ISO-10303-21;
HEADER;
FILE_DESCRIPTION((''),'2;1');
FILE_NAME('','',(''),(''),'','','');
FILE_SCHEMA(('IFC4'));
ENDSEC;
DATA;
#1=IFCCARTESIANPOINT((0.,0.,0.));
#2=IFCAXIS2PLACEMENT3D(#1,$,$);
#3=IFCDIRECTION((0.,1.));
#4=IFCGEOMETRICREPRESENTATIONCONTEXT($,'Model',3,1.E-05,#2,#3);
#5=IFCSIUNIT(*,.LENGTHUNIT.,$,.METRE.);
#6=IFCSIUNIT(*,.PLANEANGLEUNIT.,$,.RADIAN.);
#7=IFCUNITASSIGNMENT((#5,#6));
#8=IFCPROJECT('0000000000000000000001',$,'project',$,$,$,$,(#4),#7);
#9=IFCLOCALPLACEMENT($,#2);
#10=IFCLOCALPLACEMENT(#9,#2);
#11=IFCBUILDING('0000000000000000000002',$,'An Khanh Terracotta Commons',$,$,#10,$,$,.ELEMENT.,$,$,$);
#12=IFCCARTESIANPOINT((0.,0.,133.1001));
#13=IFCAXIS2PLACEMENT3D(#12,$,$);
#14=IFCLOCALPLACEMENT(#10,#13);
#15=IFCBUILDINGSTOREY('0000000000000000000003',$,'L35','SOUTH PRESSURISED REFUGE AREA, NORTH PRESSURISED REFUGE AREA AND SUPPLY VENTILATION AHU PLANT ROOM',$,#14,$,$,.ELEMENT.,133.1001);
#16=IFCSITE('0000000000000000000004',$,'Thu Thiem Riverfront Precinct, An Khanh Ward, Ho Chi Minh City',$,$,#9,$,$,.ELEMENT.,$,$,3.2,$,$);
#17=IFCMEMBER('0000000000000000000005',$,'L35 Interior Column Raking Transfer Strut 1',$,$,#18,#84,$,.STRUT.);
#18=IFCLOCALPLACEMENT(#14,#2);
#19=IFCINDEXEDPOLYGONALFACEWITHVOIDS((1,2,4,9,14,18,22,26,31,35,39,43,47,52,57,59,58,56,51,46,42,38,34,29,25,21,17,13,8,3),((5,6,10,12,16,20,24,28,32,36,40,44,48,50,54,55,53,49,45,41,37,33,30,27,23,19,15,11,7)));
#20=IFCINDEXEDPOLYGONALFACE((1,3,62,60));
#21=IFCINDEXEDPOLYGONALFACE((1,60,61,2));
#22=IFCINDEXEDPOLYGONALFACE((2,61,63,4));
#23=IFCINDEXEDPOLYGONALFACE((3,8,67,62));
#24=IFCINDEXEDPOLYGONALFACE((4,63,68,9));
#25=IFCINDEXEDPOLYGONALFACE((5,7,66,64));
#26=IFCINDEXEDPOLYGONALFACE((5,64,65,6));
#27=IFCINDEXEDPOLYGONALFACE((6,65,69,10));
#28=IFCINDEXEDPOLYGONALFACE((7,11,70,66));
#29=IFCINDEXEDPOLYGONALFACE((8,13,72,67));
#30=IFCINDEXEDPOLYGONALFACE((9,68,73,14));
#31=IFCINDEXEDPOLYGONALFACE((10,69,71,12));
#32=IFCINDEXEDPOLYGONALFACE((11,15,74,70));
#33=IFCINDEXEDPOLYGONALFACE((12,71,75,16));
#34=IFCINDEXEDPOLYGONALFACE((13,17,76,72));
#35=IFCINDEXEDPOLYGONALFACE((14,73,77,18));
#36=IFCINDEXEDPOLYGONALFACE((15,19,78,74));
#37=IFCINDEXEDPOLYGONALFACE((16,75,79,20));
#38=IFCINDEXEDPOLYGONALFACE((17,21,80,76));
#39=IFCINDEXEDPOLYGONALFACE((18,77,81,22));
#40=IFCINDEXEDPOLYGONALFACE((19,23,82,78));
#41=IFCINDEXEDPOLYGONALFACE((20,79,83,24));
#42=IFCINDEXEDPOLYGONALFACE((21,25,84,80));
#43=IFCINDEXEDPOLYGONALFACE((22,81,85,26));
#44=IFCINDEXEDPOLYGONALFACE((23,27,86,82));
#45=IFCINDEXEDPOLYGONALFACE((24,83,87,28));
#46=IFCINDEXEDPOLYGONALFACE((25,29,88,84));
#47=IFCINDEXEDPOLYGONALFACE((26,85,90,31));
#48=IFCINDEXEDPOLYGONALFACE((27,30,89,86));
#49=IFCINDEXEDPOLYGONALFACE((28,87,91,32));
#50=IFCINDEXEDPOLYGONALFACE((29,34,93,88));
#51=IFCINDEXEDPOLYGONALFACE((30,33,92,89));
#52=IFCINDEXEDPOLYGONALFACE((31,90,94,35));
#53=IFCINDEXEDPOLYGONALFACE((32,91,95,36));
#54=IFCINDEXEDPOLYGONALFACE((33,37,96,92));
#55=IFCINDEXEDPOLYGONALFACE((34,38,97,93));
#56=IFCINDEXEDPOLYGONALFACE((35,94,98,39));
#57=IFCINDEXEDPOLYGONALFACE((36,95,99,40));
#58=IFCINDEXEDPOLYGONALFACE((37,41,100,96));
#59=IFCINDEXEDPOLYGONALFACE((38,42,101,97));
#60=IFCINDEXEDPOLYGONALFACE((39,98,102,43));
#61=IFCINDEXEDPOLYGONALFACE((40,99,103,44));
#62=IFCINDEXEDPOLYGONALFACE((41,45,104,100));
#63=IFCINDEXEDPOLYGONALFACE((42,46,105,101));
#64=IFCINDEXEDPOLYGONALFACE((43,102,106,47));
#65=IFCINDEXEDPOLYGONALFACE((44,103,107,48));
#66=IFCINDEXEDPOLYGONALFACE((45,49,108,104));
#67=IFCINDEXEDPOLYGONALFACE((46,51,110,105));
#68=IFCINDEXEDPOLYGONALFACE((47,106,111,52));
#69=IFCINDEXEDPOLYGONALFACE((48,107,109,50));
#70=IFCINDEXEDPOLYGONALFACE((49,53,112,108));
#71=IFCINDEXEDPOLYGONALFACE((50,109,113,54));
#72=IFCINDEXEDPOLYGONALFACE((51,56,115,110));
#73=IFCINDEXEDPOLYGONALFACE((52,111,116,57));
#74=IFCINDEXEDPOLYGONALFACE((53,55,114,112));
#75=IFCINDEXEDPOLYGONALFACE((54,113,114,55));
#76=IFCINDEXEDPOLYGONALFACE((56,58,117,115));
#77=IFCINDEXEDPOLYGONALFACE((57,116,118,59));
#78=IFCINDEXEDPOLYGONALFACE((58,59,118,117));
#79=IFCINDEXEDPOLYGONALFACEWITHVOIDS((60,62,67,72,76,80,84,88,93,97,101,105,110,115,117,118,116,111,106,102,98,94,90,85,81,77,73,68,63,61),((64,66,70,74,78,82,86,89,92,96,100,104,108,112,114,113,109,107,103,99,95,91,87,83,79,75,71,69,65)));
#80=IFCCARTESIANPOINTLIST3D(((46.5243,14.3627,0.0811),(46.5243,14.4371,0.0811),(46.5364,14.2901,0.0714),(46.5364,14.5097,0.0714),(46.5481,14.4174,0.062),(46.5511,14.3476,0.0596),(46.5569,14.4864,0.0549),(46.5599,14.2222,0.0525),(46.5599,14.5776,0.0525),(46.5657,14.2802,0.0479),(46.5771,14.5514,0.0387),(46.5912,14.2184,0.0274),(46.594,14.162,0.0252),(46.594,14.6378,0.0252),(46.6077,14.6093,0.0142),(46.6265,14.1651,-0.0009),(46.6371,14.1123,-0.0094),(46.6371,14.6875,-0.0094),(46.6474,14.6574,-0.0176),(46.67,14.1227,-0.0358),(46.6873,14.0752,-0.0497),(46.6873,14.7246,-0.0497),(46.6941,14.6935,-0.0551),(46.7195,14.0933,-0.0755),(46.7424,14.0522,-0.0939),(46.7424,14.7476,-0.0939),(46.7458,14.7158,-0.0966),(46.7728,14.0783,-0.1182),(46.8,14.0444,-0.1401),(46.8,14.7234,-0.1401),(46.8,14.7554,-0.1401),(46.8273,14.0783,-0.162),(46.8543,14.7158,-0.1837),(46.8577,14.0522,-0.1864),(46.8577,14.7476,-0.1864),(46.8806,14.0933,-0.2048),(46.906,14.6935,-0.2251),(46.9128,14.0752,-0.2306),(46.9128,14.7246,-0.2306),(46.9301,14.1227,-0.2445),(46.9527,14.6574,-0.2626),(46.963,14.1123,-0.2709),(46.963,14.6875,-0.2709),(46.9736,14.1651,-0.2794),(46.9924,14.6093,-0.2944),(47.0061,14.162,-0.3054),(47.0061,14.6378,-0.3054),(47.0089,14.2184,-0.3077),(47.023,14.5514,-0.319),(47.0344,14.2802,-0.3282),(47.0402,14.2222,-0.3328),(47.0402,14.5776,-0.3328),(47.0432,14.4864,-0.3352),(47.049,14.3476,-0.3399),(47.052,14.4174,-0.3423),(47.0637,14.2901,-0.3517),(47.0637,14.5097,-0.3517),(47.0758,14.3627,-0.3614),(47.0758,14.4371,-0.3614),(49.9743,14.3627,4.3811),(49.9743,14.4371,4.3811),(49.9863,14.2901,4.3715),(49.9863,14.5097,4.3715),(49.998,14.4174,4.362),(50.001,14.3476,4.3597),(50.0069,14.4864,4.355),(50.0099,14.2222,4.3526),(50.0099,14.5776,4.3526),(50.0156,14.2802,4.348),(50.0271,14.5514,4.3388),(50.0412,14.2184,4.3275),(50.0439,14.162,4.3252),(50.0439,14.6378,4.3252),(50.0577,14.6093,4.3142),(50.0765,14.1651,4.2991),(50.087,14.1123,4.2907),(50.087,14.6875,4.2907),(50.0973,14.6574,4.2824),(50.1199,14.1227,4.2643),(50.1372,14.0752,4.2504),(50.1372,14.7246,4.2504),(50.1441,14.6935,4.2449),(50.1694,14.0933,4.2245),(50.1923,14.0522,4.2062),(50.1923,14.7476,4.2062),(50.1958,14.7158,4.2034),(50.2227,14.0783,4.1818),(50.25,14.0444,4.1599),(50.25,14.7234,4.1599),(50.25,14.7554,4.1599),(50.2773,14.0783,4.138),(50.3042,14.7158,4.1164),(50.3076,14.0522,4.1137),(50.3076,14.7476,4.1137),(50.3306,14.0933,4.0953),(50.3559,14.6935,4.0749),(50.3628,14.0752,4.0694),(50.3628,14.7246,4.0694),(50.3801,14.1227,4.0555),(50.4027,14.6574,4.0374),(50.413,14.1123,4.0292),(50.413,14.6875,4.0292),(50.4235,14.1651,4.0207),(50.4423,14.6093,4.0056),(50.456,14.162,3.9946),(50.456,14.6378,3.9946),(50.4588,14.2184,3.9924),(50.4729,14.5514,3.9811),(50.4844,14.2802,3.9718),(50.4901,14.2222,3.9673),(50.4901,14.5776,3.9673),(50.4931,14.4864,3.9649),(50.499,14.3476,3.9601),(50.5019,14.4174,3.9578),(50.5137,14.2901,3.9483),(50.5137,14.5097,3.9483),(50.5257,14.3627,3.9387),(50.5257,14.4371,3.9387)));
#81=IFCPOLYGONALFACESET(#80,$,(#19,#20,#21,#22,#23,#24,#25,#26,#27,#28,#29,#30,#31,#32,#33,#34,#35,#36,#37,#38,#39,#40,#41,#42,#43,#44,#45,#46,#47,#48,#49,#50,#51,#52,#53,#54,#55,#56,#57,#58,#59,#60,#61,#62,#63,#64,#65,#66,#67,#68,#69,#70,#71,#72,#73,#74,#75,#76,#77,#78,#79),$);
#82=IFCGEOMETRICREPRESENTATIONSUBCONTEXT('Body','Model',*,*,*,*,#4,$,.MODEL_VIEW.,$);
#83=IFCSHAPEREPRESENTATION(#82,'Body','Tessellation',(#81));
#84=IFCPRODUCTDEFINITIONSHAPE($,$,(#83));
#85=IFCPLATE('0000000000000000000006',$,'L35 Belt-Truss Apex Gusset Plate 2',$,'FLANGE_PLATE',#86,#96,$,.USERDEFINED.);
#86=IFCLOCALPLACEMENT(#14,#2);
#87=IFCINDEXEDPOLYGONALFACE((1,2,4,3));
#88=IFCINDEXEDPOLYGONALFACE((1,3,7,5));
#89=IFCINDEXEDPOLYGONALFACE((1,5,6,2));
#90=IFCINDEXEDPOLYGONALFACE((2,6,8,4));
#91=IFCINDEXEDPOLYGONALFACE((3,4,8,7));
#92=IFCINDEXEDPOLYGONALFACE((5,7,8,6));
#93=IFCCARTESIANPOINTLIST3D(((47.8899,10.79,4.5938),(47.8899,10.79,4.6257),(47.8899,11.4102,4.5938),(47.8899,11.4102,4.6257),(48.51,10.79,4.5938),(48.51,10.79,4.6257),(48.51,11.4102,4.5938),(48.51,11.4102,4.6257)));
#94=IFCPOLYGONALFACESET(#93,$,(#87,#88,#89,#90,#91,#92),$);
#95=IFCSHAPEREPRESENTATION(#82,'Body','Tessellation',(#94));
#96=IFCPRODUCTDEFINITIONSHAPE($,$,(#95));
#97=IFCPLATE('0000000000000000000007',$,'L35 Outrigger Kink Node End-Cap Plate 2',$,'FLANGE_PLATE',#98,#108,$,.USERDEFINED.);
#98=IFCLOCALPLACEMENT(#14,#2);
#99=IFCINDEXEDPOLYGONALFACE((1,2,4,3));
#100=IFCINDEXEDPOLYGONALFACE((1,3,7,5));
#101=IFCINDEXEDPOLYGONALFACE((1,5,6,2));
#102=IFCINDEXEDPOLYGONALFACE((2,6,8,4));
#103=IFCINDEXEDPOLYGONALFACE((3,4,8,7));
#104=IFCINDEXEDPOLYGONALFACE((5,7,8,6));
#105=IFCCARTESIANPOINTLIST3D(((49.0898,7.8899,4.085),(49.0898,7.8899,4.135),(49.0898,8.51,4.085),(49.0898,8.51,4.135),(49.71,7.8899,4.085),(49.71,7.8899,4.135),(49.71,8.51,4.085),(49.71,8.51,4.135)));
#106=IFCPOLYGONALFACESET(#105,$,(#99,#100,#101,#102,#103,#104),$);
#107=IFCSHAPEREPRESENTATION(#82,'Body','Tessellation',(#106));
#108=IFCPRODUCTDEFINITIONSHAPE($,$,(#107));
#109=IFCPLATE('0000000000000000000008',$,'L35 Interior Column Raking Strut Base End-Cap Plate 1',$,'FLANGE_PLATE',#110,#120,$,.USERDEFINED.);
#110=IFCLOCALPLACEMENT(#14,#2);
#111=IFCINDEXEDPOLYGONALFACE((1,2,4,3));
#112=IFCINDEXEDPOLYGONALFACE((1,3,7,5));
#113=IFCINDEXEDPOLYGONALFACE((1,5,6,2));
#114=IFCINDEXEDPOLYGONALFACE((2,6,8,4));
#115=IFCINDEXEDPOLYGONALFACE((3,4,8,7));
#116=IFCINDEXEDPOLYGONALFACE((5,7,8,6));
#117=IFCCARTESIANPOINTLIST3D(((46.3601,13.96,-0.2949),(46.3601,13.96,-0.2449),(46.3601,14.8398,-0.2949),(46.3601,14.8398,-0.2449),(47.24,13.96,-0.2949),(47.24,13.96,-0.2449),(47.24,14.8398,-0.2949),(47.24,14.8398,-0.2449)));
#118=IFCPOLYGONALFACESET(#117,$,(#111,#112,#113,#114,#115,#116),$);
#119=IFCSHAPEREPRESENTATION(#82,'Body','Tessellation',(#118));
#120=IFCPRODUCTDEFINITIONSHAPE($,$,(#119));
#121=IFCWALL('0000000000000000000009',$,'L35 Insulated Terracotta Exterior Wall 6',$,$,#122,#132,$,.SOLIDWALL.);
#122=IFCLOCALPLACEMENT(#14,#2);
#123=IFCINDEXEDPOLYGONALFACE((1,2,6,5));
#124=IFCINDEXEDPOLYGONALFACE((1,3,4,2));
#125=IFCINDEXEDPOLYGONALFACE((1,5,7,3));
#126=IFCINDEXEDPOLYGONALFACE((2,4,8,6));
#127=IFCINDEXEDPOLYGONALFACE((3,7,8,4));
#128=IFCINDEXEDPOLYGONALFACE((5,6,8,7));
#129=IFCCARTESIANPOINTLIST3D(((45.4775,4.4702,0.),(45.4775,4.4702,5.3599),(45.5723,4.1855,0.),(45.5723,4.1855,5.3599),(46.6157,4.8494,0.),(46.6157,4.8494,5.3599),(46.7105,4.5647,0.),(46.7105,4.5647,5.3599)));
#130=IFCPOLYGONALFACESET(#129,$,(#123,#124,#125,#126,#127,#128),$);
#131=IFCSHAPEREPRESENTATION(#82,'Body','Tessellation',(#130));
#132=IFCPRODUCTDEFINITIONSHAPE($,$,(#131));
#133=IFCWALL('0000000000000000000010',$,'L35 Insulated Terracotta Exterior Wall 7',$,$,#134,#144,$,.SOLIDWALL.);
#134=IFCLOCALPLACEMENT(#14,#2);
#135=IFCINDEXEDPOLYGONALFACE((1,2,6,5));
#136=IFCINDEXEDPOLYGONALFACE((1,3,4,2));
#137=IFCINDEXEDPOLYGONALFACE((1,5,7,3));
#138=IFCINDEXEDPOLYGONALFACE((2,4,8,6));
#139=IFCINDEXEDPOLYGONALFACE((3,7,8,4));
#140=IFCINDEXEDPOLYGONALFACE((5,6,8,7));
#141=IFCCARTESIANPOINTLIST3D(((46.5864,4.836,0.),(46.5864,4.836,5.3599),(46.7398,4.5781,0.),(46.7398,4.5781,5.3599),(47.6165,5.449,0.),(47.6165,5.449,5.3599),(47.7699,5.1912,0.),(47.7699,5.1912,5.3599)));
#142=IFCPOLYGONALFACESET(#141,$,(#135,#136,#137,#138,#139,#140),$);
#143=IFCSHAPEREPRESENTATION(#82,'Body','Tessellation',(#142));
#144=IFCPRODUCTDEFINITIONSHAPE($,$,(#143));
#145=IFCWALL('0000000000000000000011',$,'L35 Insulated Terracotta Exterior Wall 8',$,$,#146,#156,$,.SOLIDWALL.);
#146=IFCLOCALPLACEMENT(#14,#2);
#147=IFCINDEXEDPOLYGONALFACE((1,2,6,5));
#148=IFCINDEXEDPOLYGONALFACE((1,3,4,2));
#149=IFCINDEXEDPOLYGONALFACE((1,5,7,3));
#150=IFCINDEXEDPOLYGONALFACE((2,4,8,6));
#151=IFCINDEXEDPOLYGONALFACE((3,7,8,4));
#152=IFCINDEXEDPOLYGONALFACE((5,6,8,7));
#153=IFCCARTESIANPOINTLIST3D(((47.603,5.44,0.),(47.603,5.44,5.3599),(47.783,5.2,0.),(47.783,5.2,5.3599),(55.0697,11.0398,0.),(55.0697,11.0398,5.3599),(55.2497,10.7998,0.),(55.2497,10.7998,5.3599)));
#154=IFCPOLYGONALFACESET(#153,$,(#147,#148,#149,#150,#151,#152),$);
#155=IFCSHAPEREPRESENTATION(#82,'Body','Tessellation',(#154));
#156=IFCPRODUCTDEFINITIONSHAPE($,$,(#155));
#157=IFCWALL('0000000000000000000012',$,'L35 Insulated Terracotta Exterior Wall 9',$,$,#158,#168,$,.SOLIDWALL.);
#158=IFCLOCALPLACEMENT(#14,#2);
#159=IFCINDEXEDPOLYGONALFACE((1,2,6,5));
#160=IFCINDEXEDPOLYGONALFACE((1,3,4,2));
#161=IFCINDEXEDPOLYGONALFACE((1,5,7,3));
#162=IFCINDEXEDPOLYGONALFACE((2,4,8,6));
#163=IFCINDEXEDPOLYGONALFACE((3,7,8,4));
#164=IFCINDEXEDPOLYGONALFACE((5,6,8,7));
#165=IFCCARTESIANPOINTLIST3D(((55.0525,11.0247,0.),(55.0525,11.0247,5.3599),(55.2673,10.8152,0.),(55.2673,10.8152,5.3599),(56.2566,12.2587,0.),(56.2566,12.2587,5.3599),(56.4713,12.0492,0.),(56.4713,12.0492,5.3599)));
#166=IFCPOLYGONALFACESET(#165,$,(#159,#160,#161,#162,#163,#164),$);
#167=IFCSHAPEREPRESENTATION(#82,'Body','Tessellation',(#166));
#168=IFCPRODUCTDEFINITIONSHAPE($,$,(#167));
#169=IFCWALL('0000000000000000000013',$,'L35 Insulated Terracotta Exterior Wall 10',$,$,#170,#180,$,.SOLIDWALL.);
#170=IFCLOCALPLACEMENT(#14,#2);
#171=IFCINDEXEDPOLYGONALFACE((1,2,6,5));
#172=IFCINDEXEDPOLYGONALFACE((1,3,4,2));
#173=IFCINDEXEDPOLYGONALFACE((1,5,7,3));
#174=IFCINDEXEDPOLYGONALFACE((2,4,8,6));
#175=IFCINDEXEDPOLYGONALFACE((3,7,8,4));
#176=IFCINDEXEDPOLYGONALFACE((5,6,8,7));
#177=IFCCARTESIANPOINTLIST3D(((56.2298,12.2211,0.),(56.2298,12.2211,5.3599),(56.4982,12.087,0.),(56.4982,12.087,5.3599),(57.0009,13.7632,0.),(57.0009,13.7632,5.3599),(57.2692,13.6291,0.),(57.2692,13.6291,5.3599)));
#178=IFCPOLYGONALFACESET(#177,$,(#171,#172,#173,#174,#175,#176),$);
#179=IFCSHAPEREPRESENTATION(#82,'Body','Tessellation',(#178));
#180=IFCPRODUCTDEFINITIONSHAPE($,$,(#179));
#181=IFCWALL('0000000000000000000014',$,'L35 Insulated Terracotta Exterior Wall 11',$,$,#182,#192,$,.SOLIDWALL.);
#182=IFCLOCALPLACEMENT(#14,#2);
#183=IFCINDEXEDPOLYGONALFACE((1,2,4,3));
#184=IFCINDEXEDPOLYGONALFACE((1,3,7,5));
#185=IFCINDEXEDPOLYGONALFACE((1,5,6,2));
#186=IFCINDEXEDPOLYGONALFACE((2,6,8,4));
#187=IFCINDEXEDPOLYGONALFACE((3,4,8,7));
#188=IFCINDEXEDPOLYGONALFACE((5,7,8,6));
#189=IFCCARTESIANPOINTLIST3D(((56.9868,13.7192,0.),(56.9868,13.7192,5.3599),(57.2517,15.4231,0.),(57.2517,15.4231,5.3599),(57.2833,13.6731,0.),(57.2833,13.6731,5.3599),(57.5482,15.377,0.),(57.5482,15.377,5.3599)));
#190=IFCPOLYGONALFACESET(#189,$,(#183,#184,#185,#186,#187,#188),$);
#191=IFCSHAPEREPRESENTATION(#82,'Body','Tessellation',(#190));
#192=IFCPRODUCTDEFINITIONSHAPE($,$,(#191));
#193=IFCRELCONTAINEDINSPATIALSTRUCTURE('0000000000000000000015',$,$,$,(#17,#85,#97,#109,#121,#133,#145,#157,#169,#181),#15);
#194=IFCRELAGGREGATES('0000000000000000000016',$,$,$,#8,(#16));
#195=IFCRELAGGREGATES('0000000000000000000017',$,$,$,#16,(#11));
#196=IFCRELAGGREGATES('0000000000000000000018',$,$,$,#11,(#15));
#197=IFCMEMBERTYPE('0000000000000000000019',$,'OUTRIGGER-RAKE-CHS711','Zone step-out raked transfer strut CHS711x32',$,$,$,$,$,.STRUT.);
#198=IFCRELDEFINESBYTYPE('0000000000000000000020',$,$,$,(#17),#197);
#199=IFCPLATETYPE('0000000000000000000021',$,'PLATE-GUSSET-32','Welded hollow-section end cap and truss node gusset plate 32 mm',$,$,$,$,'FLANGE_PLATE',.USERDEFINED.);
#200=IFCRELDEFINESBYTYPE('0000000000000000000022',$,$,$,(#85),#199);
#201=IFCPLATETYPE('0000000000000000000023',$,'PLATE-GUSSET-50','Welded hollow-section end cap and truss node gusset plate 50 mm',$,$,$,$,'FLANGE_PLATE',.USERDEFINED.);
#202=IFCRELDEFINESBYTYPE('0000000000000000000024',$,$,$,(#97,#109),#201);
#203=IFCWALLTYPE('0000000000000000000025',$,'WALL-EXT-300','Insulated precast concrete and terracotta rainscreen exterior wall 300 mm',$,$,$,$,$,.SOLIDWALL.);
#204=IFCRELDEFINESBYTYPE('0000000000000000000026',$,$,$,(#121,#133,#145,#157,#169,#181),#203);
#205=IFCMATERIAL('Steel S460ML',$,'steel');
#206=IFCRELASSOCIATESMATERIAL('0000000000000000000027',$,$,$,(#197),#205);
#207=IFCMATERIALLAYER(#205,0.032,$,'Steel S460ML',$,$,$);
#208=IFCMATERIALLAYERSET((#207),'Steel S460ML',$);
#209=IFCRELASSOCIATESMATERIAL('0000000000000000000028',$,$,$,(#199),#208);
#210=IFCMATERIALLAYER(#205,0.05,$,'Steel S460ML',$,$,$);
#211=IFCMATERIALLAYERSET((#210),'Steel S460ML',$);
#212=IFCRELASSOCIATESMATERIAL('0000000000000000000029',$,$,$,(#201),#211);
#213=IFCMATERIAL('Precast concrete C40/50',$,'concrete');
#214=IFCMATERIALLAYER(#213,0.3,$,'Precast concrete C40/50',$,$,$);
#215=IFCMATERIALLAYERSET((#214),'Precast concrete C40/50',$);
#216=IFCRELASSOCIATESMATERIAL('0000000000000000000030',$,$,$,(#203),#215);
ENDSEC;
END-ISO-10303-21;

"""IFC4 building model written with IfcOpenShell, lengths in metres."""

from ifc_helpers import new_model, si_unit, direction, frame, frame_2d, origin, origin_2d, place, context, subcontext, project, spatial, rectangle, hollow_circle, extrude, material, layer, layer_set, material_profile, profile_set, type_object, element, save


model = new_model("IFC4")

# Units and contexts
model_context = context("Model", 3, precision=1e-05, world=origin(), true_north=direction((0.0, 1.0)))
body_context = subcontext(model_context, "Body", "Model", "MODEL_VIEW")
ifc_project = project(units=[si_unit("LENGTHUNIT", "METRE"), si_unit("PLANEANGLEUNIT", "RADIAN")], contexts=[model_context])

# Site, building, storey
site_placement = place(None, origin())
site = spatial("IfcSite", under=ifc_project, at=site_placement, Name="Thu Thiem Riverfront Precinct, An Khanh Ward, Ho Chi Minh City", CompositionType="ELEMENT", RefElevation=3.2)
building_placement = place(site_placement, origin())
building = spatial("IfcBuilding", under=site, at=building_placement, Name="An Khanh Terracotta Commons", CompositionType="ELEMENT")
storey_placement = place(building_placement, frame((0.0, 0.0, 133.1001)))
storey = spatial("IfcBuildingStorey", under=building, at=storey_placement, Name="L35", Description="SOUTH PRESSURISED REFUGE AREA, NORTH PRESSURISED REFUGE AREA AND SUPPLY VENTILATION AHU PLANT ROOM", CompositionType="ELEMENT", Elevation=133.1001)

# Shared definitions
ifc_material_1 = material(Name="Steel S460ML", Category="steel")

# Member
ifc_material_profile_1 = material_profile(ifc_material_1, hollow_circle(Radius=0.3555, WallThickness=0.032, at=origin_2d()), Name="CHS711x32")
ifc_profile_set_1 = profile_set([ifc_material_profile_1], Name="Steel S460ML")
member_type = type_object("IfcMemberType", Name="OUTRIGGER-RAKE-CHS711", Description="Zone step-out raked transfer strut CHS711x32", PredefinedType="STRUT", material=ifc_profile_set_1)
member_placement = place(storey_placement, frame((46.8, 14.3999, -0.1401), z_axis=(0.625791, 0.0, 0.779991), x_axis=(0.0, 1.0, 0.0)))
element("IfcMember", 1, at=member_placement, inside=storey, type_object=member_type, Name="L35 Interior Column Raking Transfer Strut 1", PredefinedType="STRUT", context=body_context, shape_type="SweptSolid", body=[
    extrude(hollow_circle(Radius=0.3555, WallThickness=0.032, at=origin_2d()), origin(), (0.0, 0.0, 1.0), 5.5129),
])

# Plates
ifc_layer_1 = layer(ifc_material_1, 0.032, Name="Steel S460ML")
ifc_layer_set_1 = layer_set([ifc_layer_1], Name="Steel S460ML")
plate_type_1 = type_object("IfcPlateType", Name="PLATE-GUSSET-32", Description="Welded hollow-section end cap and truss node gusset plate 32 mm", ElementType="FLANGE_PLATE", PredefinedType="USERDEFINED", material=ifc_layer_set_1)
plate_1_placement = place(storey_placement, frame((48.2, 11.1001, 4.5938), z_axis=(0.0, 0.0, 1.0), x_axis=(1.0, 0.0, 0.0)))
element("IfcPlate", 2, at=plate_1_placement, inside=storey, type_object=plate_type_1, Name="L35 Belt-Truss Apex Gusset Plate 2", ObjectType="FLANGE_PLATE", PredefinedType="USERDEFINED", context=body_context, shape_type="SweptSolid", body=[
    extrude(rectangle(XDim=0.6201, YDim=0.6201, at=origin_2d()), origin(), (0.0, 0.0, 1.0), 0.032),
])
ifc_layer_2 = layer(ifc_material_1, 0.05, Name="Steel S460ML")
ifc_layer_set_2 = layer_set([ifc_layer_2], Name="Steel S460ML")
plate_type_2 = type_object("IfcPlateType", Name="PLATE-GUSSET-50", Description="Welded hollow-section end cap and truss node gusset plate 50 mm", ElementType="FLANGE_PLATE", PredefinedType="USERDEFINED", material=ifc_layer_set_2)
plate_2_placement = place(storey_placement, frame((49.3999, 8.2, 4.085), z_axis=(0.0, 0.0, 1.0), x_axis=(1.0, 0.0, 0.0)))
element("IfcPlate", 3, at=plate_2_placement, inside=storey, type_object=plate_type_2, Name="L35 Outrigger Kink Node End-Cap Plate 2", ObjectType="FLANGE_PLATE", PredefinedType="USERDEFINED", context=body_context, shape_type="SweptSolid", body=[
    extrude(rectangle(XDim=0.6201, YDim=0.6201, at=origin_2d()), origin(), (0.0, 0.0, 1.0), 0.05),
])
plate_3_placement = place(storey_placement, frame((46.8, 14.3999, -0.2949), z_axis=(0.0, 0.0, 1.0), x_axis=(1.0, 0.0, 0.0)))
element("IfcPlate", 4, at=plate_3_placement, inside=storey, type_object=plate_type_2, Name="L35 Interior Column Raking Strut Base End-Cap Plate 1", ObjectType="FLANGE_PLATE", PredefinedType="USERDEFINED", context=body_context, shape_type="SweptSolid", body=[
    extrude(rectangle(XDim=0.8799, YDim=0.8799, at=origin_2d()), origin(), (0.0, 0.0, 1.0), 0.05),
])

# Walls
ifc_material_2 = material(Name="Precast concrete C40/50", Category="concrete")
ifc_layer_3 = layer(ifc_material_2, 0.3, Name="Precast concrete C40/50")
ifc_layer_set_3 = layer_set([ifc_layer_3], Name="Precast concrete C40/50")
wall_type = type_object("IfcWallType", Name="WALL-EXT-300", Description="Insulated precast concrete and terracotta rainscreen exterior wall 300 mm", PredefinedType="SOLIDWALL", material=ifc_layer_set_3)
wall_1_placement = place(storey_placement, frame((45.5249, 4.3279, 0.0), z_axis=(0.0, 0.0, 1.0), x_axis=(0.948744, 0.316045, 0.0)))
element("IfcWall", 5, at=wall_1_placement, inside=storey, type_object=wall_type, Name="L35 Insulated Terracotta Exterior Wall 6", PredefinedType="SOLIDWALL", context=body_context, shape_type="SweptSolid", body=[
    extrude(rectangle(XDim=1.1997, YDim=0.3, at=frame_2d((0.5999, 0.0))), origin(), (0.0, 0.0, 1.0), 5.3599),
])
wall_2_placement = place(storey_placement, frame((46.6631, 4.707, 0.0), z_axis=(0.0, 0.0, 1.0), x_axis=(0.859321, 0.511437, 0.0)))
element("IfcWall", 6, at=wall_2_placement, inside=storey, type_object=wall_type, Name="L35 Insulated Terracotta Exterior Wall 7", PredefinedType="SOLIDWALL", context=body_context, shape_type="SweptSolid", body=[
    extrude(rectangle(XDim=1.1987, YDim=0.3, at=frame_2d((0.5994, 0.0))), origin(), (0.0, 0.0, 1.0), 5.3599),
])
wall_3_placement = place(storey_placement, frame((47.6931, 5.3201, 0.0), z_axis=(0.0, 0.0, 1.0), x_axis=(0.800013, 0.599983, 0.0)))
element("IfcWall", 7, at=wall_3_placement, inside=storey, type_object=wall_type, Name="L35 Insulated Terracotta Exterior Wall 8", PredefinedType="SOLIDWALL", context=body_context, shape_type="SweptSolid", body=[
    extrude(rectangle(XDim=9.3333, YDim=0.3, at=frame_2d((4.6665, 0.0))), origin(), (0.0, 0.0, 1.0), 5.3599),
])
for number, where, z_axis, x_axis, name in (
    (8, (55.1599, 10.9199, 0.0), (0.0, 0.0, 1.0), (0.698345, 0.715761, 0.0), "L35 Insulated Terracotta Exterior Wall 9"),
    (9, (56.364, 12.1541, 0.0), (0.0, 0.0, 1.0), (0.447214, 0.894427, 0.0), "L35 Insulated Terracotta Exterior Wall 10"),
):
    element("IfcWall", number, at=place(storey_placement, frame(where, z_axis=z_axis, x_axis=x_axis)), inside=storey, type_object=wall_type, Name=name, PredefinedType="SOLIDWALL", context=body_context, shape_type="SweptSolid", body=[
        extrude(rectangle(XDim=1.7241, YDim=0.3, at=frame_2d((0.8621, 0.0))), origin(), (0.0, 0.0, 1.0), 5.3599),
    ])
wall_4_placement = place(storey_placement, frame((57.135, 13.696, 0.0), z_axis=(0.0, 0.0, 1.0), x_axis=(0.153621, 0.98813, 0.0)))
element("IfcWall", 10, at=wall_4_placement, inside=storey, type_object=wall_type, Name="L35 Insulated Terracotta Exterior Wall 11", PredefinedType="SOLIDWALL", context=body_context, shape_type="SweptSolid", body=[
    extrude(rectangle(XDim=1.7244, YDim=0.3, at=frame_2d((0.8623, 0.0))), origin(), (0.0, 0.0, 1.0), 5.3599),
])

save(model, "model.ifc")
